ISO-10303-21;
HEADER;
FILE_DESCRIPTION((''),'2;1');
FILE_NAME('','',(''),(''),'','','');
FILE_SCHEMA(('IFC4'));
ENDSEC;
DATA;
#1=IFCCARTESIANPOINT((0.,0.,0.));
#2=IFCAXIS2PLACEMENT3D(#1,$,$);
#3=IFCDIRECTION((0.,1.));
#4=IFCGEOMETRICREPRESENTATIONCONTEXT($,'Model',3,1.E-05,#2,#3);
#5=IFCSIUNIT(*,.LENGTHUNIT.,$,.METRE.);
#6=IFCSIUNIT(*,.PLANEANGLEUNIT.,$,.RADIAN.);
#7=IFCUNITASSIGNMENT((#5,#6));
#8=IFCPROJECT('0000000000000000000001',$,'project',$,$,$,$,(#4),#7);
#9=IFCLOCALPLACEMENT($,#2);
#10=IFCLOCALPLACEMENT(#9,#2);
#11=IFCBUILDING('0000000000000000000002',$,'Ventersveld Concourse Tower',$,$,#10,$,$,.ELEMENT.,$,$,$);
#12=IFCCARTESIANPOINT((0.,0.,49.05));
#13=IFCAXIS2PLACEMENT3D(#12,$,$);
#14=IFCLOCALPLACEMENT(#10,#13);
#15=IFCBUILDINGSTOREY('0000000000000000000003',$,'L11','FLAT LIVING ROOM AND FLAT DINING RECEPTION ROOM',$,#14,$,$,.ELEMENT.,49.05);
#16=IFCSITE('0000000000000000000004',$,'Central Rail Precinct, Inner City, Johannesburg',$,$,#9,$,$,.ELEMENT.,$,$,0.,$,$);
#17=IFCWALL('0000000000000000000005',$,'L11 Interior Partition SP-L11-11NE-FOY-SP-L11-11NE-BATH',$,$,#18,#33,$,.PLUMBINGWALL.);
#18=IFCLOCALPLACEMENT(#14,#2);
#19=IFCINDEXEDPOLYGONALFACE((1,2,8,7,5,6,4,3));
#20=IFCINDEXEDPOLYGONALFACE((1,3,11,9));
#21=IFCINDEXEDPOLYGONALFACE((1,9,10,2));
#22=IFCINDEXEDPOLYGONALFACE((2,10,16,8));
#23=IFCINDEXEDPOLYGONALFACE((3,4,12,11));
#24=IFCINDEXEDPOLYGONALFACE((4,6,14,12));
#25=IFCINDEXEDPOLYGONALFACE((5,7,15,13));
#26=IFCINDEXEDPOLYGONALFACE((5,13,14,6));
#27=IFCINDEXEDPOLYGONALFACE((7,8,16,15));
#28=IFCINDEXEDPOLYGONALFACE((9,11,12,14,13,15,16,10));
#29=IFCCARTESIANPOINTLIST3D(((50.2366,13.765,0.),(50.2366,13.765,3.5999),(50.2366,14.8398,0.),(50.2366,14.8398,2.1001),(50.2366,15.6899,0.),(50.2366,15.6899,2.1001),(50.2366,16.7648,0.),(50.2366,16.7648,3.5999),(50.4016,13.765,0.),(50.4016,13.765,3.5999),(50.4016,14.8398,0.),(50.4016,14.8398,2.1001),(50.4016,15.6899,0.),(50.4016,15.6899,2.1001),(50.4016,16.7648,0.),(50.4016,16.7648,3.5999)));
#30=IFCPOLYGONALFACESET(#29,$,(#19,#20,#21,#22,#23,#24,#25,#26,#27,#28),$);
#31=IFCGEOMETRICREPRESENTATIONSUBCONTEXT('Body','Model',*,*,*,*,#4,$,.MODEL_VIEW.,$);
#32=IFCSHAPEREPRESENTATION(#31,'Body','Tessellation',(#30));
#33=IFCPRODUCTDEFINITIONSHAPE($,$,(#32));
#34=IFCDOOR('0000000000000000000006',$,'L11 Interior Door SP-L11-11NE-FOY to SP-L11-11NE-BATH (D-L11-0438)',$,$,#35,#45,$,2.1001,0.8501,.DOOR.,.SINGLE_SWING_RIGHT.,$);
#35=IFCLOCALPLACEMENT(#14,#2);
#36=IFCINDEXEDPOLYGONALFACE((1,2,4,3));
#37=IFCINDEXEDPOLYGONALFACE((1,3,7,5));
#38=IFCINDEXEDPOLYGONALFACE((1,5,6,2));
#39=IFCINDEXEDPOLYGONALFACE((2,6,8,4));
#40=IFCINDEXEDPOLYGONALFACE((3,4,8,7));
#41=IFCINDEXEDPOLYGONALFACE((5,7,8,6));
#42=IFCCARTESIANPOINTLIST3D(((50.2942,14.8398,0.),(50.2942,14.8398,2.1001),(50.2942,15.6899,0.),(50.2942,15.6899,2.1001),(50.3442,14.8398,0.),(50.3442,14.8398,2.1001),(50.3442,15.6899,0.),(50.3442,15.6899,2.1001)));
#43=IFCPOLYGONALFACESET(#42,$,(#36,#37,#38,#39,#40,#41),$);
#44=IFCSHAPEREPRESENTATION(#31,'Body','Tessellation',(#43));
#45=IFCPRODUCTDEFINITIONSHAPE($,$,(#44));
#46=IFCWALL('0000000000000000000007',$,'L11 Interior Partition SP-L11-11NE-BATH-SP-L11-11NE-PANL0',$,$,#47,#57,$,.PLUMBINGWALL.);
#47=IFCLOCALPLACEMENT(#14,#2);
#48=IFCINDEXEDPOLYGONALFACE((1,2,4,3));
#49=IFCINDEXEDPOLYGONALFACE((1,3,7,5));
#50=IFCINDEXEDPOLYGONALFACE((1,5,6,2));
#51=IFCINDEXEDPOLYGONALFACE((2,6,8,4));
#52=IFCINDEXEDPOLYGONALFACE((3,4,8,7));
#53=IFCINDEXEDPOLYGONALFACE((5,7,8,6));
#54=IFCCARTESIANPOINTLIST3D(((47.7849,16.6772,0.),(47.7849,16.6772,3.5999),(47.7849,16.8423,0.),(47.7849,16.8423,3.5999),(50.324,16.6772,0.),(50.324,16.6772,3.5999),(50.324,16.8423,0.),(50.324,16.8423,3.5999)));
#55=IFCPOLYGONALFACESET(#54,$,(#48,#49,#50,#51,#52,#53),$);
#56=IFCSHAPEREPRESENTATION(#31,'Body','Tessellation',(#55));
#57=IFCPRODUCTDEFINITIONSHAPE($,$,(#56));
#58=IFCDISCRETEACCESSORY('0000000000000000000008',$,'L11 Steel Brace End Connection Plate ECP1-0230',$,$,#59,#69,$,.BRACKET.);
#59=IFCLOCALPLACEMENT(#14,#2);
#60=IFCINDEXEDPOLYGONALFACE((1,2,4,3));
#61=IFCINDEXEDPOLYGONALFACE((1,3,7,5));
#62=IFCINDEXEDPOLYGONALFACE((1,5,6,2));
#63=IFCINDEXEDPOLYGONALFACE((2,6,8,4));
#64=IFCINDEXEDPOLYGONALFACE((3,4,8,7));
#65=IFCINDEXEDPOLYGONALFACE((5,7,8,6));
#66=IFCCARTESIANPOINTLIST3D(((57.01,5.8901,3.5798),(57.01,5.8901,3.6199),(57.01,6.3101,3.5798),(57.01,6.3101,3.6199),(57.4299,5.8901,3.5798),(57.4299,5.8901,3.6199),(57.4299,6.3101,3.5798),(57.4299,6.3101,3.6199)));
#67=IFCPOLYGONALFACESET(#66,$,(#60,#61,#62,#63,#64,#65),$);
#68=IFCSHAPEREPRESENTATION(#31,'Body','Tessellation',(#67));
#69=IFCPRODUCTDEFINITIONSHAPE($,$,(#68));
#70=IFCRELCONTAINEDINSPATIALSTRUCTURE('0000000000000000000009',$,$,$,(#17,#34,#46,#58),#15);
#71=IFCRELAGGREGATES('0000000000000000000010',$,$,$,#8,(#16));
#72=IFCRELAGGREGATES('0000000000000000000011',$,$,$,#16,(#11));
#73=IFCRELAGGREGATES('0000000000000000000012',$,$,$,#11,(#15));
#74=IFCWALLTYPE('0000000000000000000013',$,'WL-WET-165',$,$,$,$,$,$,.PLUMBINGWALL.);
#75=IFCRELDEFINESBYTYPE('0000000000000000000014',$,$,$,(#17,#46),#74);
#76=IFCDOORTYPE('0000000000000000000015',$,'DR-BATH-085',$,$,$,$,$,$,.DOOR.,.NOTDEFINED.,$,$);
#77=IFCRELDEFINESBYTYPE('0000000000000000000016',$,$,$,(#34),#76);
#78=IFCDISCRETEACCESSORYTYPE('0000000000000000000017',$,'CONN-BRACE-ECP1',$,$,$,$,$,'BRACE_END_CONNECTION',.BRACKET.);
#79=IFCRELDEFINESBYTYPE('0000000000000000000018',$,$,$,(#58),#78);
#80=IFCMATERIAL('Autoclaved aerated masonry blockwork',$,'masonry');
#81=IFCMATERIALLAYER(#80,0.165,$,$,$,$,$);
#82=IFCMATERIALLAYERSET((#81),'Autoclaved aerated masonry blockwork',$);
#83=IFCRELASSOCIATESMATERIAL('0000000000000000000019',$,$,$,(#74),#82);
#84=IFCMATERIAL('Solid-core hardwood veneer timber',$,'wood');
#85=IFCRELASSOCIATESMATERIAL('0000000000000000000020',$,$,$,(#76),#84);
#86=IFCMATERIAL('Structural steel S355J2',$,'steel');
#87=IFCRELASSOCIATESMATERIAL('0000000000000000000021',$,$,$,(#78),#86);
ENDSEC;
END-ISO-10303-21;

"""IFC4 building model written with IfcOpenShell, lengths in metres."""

from ifc_helpers import new_model, si_unit, direction, frame, frame_2d, origin, origin_2d, place, context, subcontext, project, spatial, rectangle, extrude, material, layer, layer_set, type_object, element, fill, save


model = new_model("IFC4")

# Units and contexts
model_context = context("Model", 3, precision=1e-05, world=origin(), true_north=direction((0.0, 1.0)))
body_context = subcontext(model_context, "Body", "Model", "MODEL_VIEW")
ifc_project = project(units=[si_unit("LENGTHUNIT", "METRE"), si_unit("PLANEANGLEUNIT", "RADIAN")], contexts=[model_context])

# Site, building, storey
site_placement = place(None, origin())
site = spatial("IfcSite", under=ifc_project, at=site_placement, Name="Central Rail Precinct, Inner City, Johannesburg", CompositionType="ELEMENT", RefElevation=0.0)
building_placement = place(site_placement, origin())
building = spatial("IfcBuilding", under=site, at=building_placement, Name="Ventersveld Concourse Tower", CompositionType="ELEMENT")
storey_placement = place(building_placement, frame((0.0, 0.0, 49.05)))
storey = spatial("IfcBuildingStorey", under=building, at=storey_placement, Name="L11", Description="FLAT LIVING ROOM AND FLAT DINING RECEPTION ROOM", CompositionType="ELEMENT", Elevation=49.05)

# Shared definitions
ifc_material_1 = material(Name="Structural steel S355J2", Category="steel")

# Shared definitions
ifc_material_2 = material(Name="Solid-core hardwood veneer timber", Category="wood")

# Shared definitions
ifc_material_3 = material(Name="Autoclaved aerated masonry blockwork", Category="masonry")

# Wall, opening, door
ifc_layer_1 = layer(ifc_material_3, 0.165)
ifc_layer_set_1 = layer_set([ifc_layer_1], Name="Autoclaved aerated masonry blockwork")
wall_type_1 = type_object("IfcWallType", Name="WL-WET-165", PredefinedType="PLUMBINGWALL", material=ifc_layer_set_1)
wall_1_placement = place(storey_placement, frame((50.3191, 13.7649, 0.0), z_axis=(0.0, 0.0, 1.0), x_axis=(0.0, 1.0, 0.0)))
wall_1 = element("IfcWall", 1, at=wall_1_placement, inside=storey, type_object=wall_type_1, Name="L11 Interior Partition SP-L11-11NE-FOY-SP-L11-11NE-BATH", PredefinedType="PLUMBINGWALL", context=body_context, shape_type="SweptSolid", body=[
    extrude(rectangle(XDim=2.9998, YDim=0.165, at=frame_2d((1.5, 0.0))), origin(), (0.0, 0.0, 1.0), 3.5999),
])
opening_1_placement = place(wall_1_placement, frame((1.075, 0.0, 0.0)))
opening_1 = element("IfcOpeningElement", 2, at=opening_1_placement, cuts=wall_1, PredefinedType="OPENING", context=body_context, shape_type="SweptSolid", body=[
    extrude(rectangle(XDim=0.8501, YDim=2.1001, at=frame_2d((0.425, 1.05))), frame((0.0, 0.0925, 0.0), z_axis=(0.0, -1.0, 0.0), x_axis=(1.0, 0.0, 0.0)), (0.0, 0.0, 1.0), 0.1851),
])
door_type_1 = type_object("IfcDoorType", Name="DR-BATH-085", OperationType="NOTDEFINED", PredefinedType="DOOR", material=ifc_material_2)
door_1_placement = place(opening_1_placement, origin())
door_1 = element("IfcDoor", 3, at=door_1_placement, inside=storey, type_object=door_type_1, Name="L11 Interior Door SP-L11-11NE-FOY to SP-L11-11NE-BATH (D-L11-0438)", OperationType="SINGLE_SWING_RIGHT", OverallHeight=2.1001, OverallWidth=0.8501, PredefinedType="DOOR", context=body_context, shape_type="SweptSolid", body=[
    extrude(rectangle(XDim=0.8501, YDim=2.1001, at=frame_2d((0.425, 1.05))), frame((0.0, 0.0249, 0.0), z_axis=(0.0, -1.0, 0.0), x_axis=(1.0, 0.0, 0.0)), (0.0, 0.0, 1.0), 0.05),
])
fill(opening_1, door_1)

# Wall
wall_2_placement = place(storey_placement, frame((47.7849, 16.7598, 0.0), z_axis=(0.0, 0.0, 1.0), x_axis=(1.0, 0.0, 0.0)))
element("IfcWall", 4, at=wall_2_placement, inside=storey, type_object=wall_type_1, Name="L11 Interior Partition SP-L11-11NE-BATH-SP-L11-11NE-PANL0", PredefinedType="PLUMBINGWALL", context=body_context, shape_type="SweptSolid", body=[
    extrude(rectangle(XDim=2.5391, YDim=0.165, at=frame_2d((1.2695, 0.0))), origin(), (0.0, 0.0, 1.0), 3.5999),
])

# Discrete accessory
discrete_accessory_type = type_object("IfcDiscreteAccessoryType", Name="CONN-BRACE-ECP1", ElementType="BRACE_END_CONNECTION", PredefinedType="BRACKET", material=ifc_material_1)
discrete_accessory_placement = place(storey_placement, frame((57.22, 6.1001, 3.5798), z_axis=(0.0, 0.0, 1.0), x_axis=(1.0, 0.0, 0.0)))
element("IfcDiscreteAccessory", 5, at=discrete_accessory_placement, inside=storey, type_object=discrete_accessory_type, Name="L11 Steel Brace End Connection Plate ECP1-0230", PredefinedType="BRACKET", context=body_context, shape_type="SweptSolid", body=[
    extrude(rectangle(XDim=0.4199, YDim=0.4199, at=origin_2d()), origin(), (0.0, 0.0, 1.0), 0.04),
])

save(model, "model.ifc")
